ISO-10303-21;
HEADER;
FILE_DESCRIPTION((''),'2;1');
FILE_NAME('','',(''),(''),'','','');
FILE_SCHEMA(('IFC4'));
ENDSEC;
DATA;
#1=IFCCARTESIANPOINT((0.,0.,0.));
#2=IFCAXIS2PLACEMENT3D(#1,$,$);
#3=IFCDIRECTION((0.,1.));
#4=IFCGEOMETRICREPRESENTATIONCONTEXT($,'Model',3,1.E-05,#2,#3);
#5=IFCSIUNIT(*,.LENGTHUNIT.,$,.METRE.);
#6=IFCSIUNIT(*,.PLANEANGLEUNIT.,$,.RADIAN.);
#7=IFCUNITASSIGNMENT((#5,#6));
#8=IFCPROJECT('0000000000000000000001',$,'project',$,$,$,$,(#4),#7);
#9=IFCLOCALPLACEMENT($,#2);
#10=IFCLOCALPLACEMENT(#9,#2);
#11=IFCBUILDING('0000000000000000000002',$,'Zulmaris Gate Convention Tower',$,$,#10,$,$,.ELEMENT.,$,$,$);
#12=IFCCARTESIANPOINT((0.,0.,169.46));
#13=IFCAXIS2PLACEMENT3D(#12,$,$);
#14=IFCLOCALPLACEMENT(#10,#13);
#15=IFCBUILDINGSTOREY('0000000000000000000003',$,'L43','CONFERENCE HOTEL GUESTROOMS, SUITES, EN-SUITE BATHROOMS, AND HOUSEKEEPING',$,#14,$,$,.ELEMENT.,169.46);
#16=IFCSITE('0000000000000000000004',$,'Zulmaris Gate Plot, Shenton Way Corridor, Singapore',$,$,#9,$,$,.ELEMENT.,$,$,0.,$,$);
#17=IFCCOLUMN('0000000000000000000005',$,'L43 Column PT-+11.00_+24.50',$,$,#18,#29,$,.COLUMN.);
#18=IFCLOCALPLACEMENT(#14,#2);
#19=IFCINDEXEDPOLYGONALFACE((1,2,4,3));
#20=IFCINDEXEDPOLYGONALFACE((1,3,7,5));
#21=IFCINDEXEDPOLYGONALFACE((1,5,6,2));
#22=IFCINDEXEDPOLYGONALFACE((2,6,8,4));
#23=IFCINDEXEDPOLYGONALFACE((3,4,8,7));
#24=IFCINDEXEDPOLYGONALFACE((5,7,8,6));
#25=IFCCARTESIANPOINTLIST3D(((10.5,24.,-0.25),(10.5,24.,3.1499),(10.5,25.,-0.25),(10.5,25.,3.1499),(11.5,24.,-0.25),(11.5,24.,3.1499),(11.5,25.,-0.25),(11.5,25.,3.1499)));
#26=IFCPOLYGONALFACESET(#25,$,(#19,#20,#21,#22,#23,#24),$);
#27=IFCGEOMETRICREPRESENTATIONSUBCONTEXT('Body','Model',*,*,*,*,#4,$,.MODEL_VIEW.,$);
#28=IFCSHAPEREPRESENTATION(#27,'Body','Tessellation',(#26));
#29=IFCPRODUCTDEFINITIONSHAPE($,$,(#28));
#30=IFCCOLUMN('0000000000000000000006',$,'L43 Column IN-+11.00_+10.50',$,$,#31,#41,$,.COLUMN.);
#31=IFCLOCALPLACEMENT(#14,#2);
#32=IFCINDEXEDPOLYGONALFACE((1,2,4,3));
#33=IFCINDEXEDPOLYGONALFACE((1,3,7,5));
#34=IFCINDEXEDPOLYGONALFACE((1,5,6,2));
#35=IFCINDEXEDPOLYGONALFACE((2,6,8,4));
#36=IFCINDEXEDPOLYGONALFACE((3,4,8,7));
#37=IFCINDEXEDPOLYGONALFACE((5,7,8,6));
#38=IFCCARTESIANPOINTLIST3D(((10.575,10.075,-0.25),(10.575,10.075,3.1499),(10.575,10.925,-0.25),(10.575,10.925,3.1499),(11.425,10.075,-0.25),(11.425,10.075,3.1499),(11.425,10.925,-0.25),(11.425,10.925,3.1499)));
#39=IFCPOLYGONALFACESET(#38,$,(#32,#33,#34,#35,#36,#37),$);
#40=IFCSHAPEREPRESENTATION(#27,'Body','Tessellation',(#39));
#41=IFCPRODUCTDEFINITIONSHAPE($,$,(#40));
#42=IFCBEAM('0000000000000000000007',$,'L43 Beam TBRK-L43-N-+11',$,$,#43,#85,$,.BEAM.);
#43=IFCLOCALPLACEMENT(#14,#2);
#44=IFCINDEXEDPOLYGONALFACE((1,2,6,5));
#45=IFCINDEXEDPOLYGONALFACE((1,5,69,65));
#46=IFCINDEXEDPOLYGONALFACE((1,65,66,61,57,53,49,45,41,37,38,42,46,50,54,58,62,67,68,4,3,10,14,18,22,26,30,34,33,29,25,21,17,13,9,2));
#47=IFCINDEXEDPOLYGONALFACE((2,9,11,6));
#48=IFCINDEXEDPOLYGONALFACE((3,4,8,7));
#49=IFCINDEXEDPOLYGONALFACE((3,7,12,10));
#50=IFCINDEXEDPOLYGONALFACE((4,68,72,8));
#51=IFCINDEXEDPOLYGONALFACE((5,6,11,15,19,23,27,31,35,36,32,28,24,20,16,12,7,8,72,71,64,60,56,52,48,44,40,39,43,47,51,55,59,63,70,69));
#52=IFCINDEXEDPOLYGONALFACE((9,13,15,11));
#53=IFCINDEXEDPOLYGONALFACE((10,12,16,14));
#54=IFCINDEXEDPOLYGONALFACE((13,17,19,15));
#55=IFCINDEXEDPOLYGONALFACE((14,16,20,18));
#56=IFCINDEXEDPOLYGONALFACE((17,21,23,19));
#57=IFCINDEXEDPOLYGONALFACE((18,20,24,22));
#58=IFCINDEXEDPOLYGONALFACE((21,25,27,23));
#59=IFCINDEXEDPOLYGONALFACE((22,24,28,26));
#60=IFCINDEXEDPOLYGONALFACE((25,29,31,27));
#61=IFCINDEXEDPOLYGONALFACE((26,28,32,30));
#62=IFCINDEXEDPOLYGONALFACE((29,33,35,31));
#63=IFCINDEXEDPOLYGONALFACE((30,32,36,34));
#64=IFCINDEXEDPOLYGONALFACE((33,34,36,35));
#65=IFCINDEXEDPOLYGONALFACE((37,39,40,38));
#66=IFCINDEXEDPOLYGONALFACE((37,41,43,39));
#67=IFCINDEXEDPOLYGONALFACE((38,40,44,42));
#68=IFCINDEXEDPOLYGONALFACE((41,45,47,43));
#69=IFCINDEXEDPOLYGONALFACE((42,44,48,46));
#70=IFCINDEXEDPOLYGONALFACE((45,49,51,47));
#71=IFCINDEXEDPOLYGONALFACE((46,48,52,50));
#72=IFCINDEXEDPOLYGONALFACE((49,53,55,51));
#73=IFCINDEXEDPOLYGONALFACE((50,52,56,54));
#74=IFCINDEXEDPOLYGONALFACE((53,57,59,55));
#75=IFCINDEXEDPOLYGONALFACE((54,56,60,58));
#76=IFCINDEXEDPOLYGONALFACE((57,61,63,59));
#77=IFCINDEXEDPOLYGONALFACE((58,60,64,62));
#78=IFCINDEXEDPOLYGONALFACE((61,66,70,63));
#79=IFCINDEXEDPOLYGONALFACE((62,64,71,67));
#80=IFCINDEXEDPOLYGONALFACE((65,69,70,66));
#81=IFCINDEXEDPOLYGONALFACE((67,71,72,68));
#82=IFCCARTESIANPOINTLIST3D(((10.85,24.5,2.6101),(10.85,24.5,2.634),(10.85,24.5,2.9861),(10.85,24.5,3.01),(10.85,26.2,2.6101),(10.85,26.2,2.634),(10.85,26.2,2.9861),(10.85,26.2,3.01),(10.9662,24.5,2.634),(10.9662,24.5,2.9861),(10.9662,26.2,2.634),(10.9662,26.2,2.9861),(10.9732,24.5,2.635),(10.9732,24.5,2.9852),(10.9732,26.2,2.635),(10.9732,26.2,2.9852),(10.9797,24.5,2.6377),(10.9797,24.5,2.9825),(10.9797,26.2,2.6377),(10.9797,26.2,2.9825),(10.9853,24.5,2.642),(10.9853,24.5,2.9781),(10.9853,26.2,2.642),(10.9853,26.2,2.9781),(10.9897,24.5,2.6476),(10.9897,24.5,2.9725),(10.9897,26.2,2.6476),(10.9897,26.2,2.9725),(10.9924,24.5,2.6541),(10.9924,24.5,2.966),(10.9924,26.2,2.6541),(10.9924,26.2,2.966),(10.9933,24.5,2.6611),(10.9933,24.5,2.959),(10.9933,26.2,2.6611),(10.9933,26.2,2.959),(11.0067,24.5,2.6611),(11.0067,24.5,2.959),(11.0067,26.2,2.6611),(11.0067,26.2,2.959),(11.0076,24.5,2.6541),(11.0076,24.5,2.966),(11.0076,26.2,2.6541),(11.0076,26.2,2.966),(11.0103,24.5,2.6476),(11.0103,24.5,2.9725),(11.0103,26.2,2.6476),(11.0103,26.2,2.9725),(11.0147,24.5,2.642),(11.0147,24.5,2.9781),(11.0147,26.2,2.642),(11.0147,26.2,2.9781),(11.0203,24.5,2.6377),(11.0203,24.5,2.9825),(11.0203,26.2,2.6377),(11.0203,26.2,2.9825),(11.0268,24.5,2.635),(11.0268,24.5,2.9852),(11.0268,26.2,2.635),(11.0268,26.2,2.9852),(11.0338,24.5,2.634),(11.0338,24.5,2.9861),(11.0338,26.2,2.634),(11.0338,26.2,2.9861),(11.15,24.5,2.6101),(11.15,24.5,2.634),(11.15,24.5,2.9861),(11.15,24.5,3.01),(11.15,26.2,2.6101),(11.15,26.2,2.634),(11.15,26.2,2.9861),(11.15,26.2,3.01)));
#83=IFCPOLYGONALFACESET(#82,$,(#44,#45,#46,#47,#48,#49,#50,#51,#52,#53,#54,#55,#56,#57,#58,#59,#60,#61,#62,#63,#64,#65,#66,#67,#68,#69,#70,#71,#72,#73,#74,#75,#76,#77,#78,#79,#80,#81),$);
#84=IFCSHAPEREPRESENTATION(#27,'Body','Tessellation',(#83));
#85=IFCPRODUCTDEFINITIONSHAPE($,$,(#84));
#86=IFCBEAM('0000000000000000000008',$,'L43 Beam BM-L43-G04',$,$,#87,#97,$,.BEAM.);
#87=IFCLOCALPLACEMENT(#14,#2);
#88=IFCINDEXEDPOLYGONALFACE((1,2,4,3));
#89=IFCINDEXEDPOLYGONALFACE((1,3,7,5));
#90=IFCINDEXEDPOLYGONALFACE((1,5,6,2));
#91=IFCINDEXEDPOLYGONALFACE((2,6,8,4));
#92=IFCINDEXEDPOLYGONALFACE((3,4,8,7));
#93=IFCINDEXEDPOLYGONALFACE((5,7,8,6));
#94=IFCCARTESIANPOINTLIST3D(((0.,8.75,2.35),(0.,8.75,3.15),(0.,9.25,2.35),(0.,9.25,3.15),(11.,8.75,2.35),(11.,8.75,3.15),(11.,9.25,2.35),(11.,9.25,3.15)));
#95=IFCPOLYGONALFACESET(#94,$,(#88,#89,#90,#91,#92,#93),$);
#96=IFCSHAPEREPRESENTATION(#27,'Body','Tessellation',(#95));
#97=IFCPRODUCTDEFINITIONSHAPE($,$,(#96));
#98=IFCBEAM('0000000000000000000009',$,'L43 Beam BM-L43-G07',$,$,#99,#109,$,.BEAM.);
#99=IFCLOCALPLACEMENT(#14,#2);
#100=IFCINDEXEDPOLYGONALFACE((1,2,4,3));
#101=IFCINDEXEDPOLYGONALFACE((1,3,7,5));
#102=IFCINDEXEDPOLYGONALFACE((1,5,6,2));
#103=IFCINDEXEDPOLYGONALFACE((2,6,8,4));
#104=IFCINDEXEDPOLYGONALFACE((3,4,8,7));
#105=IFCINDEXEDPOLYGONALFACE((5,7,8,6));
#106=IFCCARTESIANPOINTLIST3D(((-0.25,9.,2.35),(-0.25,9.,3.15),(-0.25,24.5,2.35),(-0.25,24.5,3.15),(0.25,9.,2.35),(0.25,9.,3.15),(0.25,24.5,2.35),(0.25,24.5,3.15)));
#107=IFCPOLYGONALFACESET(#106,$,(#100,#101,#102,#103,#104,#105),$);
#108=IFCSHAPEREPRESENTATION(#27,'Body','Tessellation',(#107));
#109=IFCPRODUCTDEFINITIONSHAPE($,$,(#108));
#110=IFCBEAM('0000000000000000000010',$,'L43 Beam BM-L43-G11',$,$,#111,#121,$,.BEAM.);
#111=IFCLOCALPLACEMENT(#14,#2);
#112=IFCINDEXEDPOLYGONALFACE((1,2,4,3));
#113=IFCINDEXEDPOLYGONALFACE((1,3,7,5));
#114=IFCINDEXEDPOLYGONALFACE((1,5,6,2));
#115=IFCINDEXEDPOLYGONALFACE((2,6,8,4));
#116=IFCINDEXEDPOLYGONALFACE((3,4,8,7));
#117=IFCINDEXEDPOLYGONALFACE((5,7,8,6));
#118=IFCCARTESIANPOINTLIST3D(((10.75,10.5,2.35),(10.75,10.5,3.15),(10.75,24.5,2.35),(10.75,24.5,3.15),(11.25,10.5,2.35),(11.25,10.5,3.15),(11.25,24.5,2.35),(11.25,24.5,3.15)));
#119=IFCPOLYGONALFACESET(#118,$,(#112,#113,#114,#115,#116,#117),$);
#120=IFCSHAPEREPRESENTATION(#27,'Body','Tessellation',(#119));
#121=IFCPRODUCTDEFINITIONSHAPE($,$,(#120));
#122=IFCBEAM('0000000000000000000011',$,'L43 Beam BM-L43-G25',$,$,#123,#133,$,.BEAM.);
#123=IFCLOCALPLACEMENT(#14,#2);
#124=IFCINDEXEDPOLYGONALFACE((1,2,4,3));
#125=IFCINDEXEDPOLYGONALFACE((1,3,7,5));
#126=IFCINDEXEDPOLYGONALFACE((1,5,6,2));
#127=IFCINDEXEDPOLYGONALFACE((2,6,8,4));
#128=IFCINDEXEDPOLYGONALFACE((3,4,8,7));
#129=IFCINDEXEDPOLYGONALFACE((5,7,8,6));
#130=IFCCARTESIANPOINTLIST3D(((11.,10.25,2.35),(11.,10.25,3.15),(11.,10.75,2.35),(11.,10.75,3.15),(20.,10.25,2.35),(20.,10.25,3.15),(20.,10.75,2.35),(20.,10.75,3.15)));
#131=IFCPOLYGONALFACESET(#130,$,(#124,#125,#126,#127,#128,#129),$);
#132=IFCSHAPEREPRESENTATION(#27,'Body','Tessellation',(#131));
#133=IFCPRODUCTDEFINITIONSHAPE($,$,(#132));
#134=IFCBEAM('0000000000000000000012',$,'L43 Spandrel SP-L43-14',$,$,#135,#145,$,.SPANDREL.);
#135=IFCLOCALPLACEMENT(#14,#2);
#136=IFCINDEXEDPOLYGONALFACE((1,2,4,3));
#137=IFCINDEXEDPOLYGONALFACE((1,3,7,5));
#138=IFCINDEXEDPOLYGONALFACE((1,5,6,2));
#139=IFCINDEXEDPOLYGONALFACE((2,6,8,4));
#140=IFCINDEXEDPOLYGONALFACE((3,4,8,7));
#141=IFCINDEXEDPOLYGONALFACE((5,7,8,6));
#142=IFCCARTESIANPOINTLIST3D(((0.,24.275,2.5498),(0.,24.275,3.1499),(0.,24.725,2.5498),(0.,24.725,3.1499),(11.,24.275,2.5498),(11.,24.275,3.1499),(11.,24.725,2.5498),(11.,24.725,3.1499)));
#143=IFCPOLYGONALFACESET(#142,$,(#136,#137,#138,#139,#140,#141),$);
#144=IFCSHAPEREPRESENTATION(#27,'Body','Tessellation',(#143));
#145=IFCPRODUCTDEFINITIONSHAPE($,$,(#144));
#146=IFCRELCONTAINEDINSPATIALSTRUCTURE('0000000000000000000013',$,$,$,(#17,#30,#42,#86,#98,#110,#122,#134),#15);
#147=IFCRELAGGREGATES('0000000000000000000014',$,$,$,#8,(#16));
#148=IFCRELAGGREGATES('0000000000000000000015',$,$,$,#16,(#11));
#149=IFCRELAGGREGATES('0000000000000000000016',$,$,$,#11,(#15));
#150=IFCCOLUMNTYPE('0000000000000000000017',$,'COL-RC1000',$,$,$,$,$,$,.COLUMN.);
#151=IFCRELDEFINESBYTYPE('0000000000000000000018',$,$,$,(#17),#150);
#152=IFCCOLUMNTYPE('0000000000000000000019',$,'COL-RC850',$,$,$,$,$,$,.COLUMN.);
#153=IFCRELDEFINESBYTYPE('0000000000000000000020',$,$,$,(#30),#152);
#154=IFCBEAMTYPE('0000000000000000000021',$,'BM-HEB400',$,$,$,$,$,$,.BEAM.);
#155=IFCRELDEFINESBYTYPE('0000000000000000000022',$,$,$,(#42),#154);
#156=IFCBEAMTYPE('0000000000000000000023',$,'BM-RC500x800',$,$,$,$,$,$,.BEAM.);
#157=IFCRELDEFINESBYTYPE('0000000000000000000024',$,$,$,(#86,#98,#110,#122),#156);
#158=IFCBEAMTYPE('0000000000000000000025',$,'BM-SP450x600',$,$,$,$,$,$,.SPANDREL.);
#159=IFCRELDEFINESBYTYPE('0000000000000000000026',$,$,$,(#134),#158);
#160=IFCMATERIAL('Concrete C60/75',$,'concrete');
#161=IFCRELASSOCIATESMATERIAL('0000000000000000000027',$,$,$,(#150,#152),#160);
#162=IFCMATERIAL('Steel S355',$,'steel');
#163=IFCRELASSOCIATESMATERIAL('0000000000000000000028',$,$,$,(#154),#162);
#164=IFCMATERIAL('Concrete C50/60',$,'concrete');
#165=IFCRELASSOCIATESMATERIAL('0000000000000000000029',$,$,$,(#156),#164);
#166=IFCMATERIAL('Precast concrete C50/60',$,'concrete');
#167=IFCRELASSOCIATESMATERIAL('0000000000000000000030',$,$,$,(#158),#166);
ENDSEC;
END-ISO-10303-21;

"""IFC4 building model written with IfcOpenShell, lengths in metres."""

from ifc_helpers import new_model, si_unit, direction, frame, origin, origin_2d, place, context, subcontext, project, spatial, rectangle, i_section, extrude, material, material_profile, profile_set, type_object, element, save


model = new_model("IFC4")

# Units and contexts
model_context = context("Model", 3, precision=1e-05, world=origin(), true_north=direction((0.0, 1.0)))
body_context = subcontext(model_context, "Body", "Model", "MODEL_VIEW")
ifc_project = project(units=[si_unit("LENGTHUNIT", "METRE"), si_unit("PLANEANGLEUNIT", "RADIAN")], contexts=[model_context])

# Site, building, storey
site_placement = place(None, origin())
site = spatial("IfcSite", under=ifc_project, at=site_placement, Name="Zulmaris Gate Plot, Shenton Way Corridor, Singapore", CompositionType="ELEMENT", RefElevation=0.0)
building_placement = place(site_placement, origin())
building = spatial("IfcBuilding", under=site, at=building_placement, Name="Zulmaris Gate Convention Tower", CompositionType="ELEMENT")
storey_placement = place(building_placement, frame((0.0, 0.0, 169.46)))
storey = spatial("IfcBuildingStorey", under=building, at=storey_placement, Name="L43", Description="CONFERENCE HOTEL GUESTROOMS, SUITES, EN-SUITE BATHROOMS, AND HOUSEKEEPING", CompositionType="ELEMENT", Elevation=169.46)

# Columns
ifc_material_1 = material(Name="Concrete C60/75", Category="concrete")
ifc_material_profile_1 = material_profile(ifc_material_1, rectangle(XDim=1.0, YDim=1.0, at=origin_2d()), Name="RC COL 1000x1000")
ifc_profile_set_1 = profile_set([ifc_material_profile_1], Name="Concrete C60/75")
column_type_1 = type_object("IfcColumnType", Name="COL-RC1000", PredefinedType="COLUMN", material=ifc_profile_set_1)
column_1_placement = place(storey_placement, frame((11.0, 24.5, -0.25), z_axis=(0.0, 0.0, 1.0), x_axis=(1.0, 0.0, 0.0)))
element("IfcColumn", 1, at=column_1_placement, inside=storey, type_object=column_type_1, Name="L43 Column PT-+11.00_+24.50", PredefinedType="COLUMN", context=body_context, shape_type="SweptSolid", body=[
    extrude(rectangle(XDim=1.0, YDim=1.0, at=origin_2d()), origin(), (0.0, 0.0, 1.0), 3.3999),
])
ifc_material_profile_2 = material_profile(ifc_material_1, rectangle(XDim=0.8501, YDim=0.8501, at=origin_2d()), Name="RC COL 850x850")
ifc_profile_set_2 = profile_set([ifc_material_profile_2], Name="Concrete C60/75")
column_type_2 = type_object("IfcColumnType", Name="COL-RC850", PredefinedType="COLUMN", material=ifc_profile_set_2)
column_2_placement = place(storey_placement, frame((11.0, 10.5, -0.25), z_axis=(0.0, 0.0, 1.0), x_axis=(1.0, 0.0, 0.0)))
element("IfcColumn", 2, at=column_2_placement, inside=storey, type_object=column_type_2, Name="L43 Column IN-+11.00_+10.50", PredefinedType="COLUMN", context=body_context, shape_type="SweptSolid", body=[
    extrude(rectangle(XDim=0.8501, YDim=0.8501, at=origin_2d()), origin(), (0.0, 0.0, 1.0), 3.3999),
])

# Beams
ifc_material_2 = material(Name="Steel S355", Category="steel")
ifc_material_profile_3 = material_profile(ifc_material_2, i_section(OverallWidth=0.3, OverallDepth=0.3999, WebThickness=0.0134, FlangeThickness=0.0239, FilletRadius=0.0271, at=origin_2d()), Name="HEB 400")
ifc_profile_set_3 = profile_set([ifc_material_profile_3], Name="Steel S355")
beam_type_1 = type_object("IfcBeamType", Name="BM-HEB400", PredefinedType="BEAM", material=ifc_profile_set_3)
beam_1_placement = place(storey_placement, frame((11.0, 24.5, 2.8101), z_axis=(0.0, 1.0, 0.0), x_axis=(-1.0, 0.0, 0.0)))
element("IfcBeam", 3, at=beam_1_placement, inside=storey, type_object=beam_type_1, Name="L43 Beam TBRK-L43-N-+11", PredefinedType="BEAM", context=body_context, shape_type="SweptSolid", body=[
    extrude(i_section(OverallWidth=0.3, OverallDepth=0.3999, WebThickness=0.0134, FlangeThickness=0.0239, FilletRadius=0.0271, at=origin_2d()), origin(), (0.0, 0.0, 1.0), 1.7),
])
ifc_material_3 = material(Name="Concrete C50/60", Category="concrete")
ifc_material_profile_4 = material_profile(ifc_material_3, rectangle(XDim=0.5, YDim=0.8, at=origin_2d()), Name="RC BEAM 500x800")
ifc_profile_set_4 = profile_set([ifc_material_profile_4], Name="Concrete C50/60")
beam_type_2 = type_object("IfcBeamType", Name="BM-RC500x800", PredefinedType="BEAM", material=ifc_profile_set_4)
beam_2_placement = place(storey_placement, frame((0.0, 9.0, 2.75), z_axis=(1.0, 0.0, 0.0), x_axis=(0.0, 1.0, 0.0)))
element("IfcBeam", 4, at=beam_2_placement, inside=storey, type_object=beam_type_2, Name="L43 Beam BM-L43-G04", PredefinedType="BEAM", context=body_context, shape_type="SweptSolid", body=[
    extrude(rectangle(XDim=0.5, YDim=0.8, at=origin_2d()), origin(), (0.0, 0.0, 1.0), 11.0),
])
beam_3_placement = place(storey_placement, frame((0.0, 9.0, 2.75), z_axis=(0.0, 1.0, 0.0), x_axis=(-1.0, 0.0, 0.0)))
element("IfcBeam", 5, at=beam_3_placement, inside=storey, type_object=beam_type_2, Name="L43 Beam BM-L43-G07", PredefinedType="BEAM", context=body_context, shape_type="SweptSolid", body=[
    extrude(rectangle(XDim=0.5, YDim=0.8, at=origin_2d()), origin(), (0.0, 0.0, 1.0), 15.5),
])
beam_4_placement = place(storey_placement, frame((11.0, 10.5, 2.75), z_axis=(0.0, 1.0, 0.0), x_axis=(-1.0, 0.0, 0.0)))
element("IfcBeam", 6, at=beam_4_placement, inside=storey, type_object=beam_type_2, Name="L43 Beam BM-L43-G11", PredefinedType="BEAM", context=body_context, shape_type="SweptSolid", body=[
    extrude(rectangle(XDim=0.5, YDim=0.8, at=origin_2d()), origin(), (0.0, 0.0, 1.0), 14.0),
])
beam_5_placement = place(storey_placement, frame((11.0, 10.5, 2.75), z_axis=(1.0, 0.0, 0.0), x_axis=(0.0, 1.0, 0.0)))
element("IfcBeam", 7, at=beam_5_placement, inside=storey, type_object=beam_type_2, Name="L43 Beam BM-L43-G25", PredefinedType="BEAM", context=body_context, shape_type="SweptSolid", body=[
    extrude(rectangle(XDim=0.5, YDim=0.8, at=origin_2d()), origin(), (0.0, 0.0, 1.0), 9.0),
])
ifc_material_4 = material(Name="Precast concrete C50/60", Category="concrete")
ifc_material_profile_5 = material_profile(ifc_material_4, rectangle(XDim=0.45, YDim=0.6001, at=origin_2d()), Name="RC SPANDREL 450x600")
ifc_profile_set_5 = profile_set([ifc_material_profile_5], Name="Precast concrete C50/60")
beam_type_3 = type_object("IfcBeamType", Name="BM-SP450x600", PredefinedType="SPANDREL", material=ifc_profile_set_5)
beam_6_placement = place(storey_placement, frame((11.0, 24.5, 2.8499), z_axis=(-1.0, 0.0, 0.0), x_axis=(0.0, -1.0, 0.0)))
element("IfcBeam", 8, at=beam_6_placement, inside=storey, type_object=beam_type_3, Name="L43 Spandrel SP-L43-14", PredefinedType="SPANDREL", context=body_context, shape_type="SweptSolid", body=[
    extrude(rectangle(XDim=0.45, YDim=0.6001, at=origin_2d()), origin(), (0.0, 0.0, 1.0), 11.0),
])

save(model, "model.ifc")
